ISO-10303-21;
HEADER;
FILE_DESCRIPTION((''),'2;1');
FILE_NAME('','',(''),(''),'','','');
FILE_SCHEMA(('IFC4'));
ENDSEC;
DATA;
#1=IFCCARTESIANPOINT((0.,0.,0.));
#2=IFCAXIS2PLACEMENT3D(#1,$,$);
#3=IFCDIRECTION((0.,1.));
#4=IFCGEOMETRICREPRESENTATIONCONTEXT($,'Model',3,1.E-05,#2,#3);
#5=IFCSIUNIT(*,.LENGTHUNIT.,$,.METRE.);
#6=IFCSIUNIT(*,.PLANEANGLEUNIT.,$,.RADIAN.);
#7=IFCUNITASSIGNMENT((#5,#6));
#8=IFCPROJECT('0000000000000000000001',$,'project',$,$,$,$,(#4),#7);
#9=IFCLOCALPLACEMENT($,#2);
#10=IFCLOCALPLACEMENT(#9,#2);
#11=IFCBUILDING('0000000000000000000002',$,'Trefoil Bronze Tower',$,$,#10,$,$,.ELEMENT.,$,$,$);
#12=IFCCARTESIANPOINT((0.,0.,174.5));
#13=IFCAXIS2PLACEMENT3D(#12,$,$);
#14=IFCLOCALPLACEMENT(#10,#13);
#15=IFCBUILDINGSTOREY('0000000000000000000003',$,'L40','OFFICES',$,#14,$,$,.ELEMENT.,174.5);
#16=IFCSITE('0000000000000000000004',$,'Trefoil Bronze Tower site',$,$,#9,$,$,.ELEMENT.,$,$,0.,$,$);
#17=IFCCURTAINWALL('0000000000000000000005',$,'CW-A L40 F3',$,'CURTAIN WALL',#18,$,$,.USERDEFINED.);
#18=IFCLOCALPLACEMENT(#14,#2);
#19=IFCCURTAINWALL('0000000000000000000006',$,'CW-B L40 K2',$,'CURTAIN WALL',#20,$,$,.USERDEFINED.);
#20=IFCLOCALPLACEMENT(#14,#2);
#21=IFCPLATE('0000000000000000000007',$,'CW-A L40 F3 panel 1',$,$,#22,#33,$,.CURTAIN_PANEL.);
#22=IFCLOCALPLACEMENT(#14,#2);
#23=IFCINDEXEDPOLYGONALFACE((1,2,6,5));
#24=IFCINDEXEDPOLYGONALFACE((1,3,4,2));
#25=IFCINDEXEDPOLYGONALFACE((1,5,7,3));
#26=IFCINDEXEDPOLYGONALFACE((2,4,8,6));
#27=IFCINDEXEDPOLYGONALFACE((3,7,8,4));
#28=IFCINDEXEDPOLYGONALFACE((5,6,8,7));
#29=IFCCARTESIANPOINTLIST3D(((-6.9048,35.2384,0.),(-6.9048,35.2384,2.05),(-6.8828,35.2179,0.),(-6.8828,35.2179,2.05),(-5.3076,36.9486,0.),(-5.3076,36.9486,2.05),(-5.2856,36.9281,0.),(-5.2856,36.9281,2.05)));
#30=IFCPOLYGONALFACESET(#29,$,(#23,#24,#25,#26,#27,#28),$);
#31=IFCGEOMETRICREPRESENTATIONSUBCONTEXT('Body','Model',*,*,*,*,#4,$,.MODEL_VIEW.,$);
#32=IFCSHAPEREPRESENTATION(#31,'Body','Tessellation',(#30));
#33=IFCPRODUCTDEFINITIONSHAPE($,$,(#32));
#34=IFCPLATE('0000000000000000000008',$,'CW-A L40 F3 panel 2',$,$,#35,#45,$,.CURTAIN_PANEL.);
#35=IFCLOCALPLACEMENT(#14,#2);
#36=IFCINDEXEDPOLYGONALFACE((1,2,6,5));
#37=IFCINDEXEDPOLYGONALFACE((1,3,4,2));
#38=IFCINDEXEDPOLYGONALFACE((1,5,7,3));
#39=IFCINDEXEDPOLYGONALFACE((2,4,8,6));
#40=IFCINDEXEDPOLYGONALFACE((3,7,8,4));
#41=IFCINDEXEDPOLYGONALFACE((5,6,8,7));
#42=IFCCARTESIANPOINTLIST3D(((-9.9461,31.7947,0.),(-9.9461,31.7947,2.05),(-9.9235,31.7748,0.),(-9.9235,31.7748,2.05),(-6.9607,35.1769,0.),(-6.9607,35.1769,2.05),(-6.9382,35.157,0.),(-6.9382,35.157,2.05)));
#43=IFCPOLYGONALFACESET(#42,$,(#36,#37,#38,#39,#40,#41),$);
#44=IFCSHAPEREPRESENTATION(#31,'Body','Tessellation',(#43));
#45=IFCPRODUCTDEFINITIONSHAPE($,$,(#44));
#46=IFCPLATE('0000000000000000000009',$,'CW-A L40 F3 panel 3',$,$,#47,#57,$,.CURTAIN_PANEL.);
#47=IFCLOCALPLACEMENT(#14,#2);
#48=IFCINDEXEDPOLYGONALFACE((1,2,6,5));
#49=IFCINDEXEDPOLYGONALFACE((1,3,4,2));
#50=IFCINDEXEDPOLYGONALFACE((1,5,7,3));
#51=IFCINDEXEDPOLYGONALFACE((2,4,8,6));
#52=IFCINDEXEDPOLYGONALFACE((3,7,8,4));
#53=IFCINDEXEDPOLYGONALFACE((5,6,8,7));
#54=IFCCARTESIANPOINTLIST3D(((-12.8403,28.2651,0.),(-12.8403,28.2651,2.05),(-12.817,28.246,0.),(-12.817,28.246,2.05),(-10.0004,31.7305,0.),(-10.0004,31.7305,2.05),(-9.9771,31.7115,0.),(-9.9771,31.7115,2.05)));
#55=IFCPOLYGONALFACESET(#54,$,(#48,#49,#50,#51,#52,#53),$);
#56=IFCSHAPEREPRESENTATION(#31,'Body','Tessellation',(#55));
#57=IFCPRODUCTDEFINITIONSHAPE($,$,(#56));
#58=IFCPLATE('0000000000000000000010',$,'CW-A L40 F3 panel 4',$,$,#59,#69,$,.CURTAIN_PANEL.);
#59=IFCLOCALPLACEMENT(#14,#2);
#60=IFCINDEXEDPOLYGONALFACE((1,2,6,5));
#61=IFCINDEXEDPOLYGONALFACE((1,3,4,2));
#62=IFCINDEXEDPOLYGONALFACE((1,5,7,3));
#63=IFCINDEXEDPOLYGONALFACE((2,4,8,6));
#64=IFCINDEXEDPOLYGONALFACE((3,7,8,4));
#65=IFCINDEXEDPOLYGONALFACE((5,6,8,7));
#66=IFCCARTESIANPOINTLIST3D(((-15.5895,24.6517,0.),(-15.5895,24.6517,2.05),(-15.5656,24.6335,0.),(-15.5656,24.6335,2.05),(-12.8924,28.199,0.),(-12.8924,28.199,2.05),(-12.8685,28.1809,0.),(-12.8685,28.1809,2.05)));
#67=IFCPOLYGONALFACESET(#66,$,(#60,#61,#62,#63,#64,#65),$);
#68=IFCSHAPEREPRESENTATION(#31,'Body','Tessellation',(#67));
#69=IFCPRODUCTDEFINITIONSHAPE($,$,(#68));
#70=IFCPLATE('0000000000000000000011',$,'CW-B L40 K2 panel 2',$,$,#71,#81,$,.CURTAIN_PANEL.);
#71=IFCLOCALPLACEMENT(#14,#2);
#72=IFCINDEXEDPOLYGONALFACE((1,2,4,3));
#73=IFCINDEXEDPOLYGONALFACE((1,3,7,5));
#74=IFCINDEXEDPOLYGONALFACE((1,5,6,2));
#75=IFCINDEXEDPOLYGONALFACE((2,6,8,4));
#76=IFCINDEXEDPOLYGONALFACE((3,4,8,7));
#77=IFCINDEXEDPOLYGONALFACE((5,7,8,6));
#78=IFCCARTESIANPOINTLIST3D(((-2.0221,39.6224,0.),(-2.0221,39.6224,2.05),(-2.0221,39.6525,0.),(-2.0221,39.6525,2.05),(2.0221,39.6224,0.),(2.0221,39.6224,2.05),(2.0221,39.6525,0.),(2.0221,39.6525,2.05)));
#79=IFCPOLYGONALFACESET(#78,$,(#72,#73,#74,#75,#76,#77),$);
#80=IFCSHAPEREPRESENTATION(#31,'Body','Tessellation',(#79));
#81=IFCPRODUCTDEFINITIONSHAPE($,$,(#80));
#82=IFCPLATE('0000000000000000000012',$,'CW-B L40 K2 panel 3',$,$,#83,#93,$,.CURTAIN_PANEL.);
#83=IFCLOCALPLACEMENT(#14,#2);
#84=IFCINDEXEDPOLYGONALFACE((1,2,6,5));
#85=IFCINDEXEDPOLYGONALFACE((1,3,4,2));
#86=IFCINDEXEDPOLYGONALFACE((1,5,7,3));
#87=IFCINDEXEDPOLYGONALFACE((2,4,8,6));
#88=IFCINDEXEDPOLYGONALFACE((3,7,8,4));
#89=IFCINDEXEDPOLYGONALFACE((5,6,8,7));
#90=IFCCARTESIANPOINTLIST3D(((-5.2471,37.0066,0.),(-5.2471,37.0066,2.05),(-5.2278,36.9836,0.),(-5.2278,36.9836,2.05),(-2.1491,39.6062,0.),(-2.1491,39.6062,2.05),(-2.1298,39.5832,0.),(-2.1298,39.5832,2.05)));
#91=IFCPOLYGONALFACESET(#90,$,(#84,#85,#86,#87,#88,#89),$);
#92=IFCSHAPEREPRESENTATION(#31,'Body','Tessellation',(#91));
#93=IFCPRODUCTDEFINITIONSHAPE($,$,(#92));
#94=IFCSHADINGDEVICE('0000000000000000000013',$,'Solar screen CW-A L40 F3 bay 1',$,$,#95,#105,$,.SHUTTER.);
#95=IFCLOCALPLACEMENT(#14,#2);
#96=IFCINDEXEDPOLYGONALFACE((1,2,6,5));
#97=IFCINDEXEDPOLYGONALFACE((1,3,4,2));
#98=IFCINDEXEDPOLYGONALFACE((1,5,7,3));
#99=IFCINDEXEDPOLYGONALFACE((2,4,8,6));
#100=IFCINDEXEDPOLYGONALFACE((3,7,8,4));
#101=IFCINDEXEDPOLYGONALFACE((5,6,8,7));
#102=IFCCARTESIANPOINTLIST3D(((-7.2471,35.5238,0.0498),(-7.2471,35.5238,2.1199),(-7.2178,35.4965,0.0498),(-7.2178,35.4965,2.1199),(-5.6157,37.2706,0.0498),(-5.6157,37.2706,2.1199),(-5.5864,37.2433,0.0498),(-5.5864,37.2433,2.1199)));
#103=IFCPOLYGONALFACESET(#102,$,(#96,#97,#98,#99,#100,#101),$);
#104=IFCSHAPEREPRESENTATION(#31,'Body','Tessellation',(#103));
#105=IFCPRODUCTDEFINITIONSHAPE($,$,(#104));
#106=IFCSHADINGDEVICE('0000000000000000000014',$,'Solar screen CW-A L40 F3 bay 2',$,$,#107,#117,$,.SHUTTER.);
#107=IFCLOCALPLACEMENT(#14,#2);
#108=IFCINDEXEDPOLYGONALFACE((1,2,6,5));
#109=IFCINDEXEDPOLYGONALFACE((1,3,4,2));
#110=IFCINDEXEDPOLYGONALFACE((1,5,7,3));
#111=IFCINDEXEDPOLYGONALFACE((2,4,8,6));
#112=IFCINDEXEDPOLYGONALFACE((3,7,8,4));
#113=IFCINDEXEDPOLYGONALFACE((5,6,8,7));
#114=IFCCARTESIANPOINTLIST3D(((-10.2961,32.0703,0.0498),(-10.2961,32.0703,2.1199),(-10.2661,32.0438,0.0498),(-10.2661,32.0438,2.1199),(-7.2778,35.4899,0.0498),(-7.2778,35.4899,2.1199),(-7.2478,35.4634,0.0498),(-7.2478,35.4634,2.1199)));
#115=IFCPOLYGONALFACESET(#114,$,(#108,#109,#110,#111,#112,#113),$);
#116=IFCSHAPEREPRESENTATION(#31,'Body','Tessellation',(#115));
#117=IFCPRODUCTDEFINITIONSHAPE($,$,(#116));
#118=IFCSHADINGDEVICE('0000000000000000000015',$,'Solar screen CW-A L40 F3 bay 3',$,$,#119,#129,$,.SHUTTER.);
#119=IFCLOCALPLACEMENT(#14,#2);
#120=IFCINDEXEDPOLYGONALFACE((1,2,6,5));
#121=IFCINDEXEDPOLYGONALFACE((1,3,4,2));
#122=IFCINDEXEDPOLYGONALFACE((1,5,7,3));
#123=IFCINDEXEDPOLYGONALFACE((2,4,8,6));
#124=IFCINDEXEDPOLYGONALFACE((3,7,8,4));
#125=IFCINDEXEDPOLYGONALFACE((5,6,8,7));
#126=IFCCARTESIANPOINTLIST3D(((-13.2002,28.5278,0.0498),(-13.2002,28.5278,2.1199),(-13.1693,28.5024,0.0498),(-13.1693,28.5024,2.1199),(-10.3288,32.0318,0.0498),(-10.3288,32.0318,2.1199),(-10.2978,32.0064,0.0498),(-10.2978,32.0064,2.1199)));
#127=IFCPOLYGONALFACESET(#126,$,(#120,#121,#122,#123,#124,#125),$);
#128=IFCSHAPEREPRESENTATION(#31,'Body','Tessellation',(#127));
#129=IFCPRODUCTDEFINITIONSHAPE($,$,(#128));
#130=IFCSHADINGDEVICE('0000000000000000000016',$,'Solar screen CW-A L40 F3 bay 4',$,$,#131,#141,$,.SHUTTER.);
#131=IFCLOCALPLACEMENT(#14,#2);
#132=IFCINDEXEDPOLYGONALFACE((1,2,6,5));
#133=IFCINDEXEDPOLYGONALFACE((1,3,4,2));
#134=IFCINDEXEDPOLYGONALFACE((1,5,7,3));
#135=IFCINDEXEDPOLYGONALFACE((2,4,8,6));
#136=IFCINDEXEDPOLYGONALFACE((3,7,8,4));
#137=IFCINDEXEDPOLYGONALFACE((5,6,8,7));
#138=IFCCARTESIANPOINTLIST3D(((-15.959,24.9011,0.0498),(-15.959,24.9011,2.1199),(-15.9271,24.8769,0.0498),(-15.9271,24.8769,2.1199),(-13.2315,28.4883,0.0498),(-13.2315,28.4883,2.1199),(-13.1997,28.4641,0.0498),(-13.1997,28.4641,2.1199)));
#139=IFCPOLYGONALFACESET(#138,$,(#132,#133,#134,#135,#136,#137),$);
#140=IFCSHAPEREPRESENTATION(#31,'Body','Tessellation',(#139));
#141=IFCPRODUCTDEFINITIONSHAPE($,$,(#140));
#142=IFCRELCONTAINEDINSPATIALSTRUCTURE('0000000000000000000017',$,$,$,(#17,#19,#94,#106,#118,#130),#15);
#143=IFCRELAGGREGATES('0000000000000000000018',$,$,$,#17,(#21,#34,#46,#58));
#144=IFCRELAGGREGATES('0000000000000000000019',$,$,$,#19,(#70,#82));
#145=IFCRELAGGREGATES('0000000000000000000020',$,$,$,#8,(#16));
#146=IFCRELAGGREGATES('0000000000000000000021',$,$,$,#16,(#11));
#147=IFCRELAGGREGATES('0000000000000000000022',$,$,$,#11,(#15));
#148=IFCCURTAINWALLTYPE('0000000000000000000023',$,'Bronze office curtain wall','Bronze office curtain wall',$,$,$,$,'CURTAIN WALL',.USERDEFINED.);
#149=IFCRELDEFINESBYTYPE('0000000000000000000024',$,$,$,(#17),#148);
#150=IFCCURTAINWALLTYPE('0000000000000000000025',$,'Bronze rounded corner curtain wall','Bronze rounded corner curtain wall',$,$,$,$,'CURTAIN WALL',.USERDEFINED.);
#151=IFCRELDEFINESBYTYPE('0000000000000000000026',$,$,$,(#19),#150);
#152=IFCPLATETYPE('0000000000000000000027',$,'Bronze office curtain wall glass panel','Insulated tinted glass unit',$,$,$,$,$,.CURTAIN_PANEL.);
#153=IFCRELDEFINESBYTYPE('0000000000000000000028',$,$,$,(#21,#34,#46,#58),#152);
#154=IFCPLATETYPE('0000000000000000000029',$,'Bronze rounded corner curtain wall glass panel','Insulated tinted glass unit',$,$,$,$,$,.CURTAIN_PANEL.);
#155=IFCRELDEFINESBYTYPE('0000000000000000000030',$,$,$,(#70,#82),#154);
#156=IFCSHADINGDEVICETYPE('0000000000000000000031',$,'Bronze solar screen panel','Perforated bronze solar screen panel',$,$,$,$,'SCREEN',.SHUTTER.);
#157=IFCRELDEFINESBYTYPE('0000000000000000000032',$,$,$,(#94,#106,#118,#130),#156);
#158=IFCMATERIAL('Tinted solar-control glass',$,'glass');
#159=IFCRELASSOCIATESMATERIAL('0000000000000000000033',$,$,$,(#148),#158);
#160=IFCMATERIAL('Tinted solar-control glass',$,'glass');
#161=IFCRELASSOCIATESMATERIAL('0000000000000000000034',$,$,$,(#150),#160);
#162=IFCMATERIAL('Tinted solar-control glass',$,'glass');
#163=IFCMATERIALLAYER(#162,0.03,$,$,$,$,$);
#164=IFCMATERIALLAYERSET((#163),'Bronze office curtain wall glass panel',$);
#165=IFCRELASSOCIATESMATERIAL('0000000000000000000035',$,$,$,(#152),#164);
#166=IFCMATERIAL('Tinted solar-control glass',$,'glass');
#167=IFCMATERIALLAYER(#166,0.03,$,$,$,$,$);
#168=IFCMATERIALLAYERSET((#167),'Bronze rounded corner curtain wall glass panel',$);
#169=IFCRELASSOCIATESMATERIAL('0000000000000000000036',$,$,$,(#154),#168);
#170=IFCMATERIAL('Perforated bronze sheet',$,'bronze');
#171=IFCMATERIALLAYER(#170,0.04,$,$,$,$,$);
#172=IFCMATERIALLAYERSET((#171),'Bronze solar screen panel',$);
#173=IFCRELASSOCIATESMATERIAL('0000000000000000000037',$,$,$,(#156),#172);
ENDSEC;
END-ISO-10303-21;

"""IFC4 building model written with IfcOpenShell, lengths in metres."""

from ifc_helpers import new_model, si_unit, direction, frame, origin, origin_2d, place, context, subcontext, project, spatial, rectangle, extrude, material, layer, layer_set, type_object, element, aggregate, save


model = new_model("IFC4")

# Units and contexts
model_context = context("Model", 3, precision=1e-05, world=origin(), true_north=direction((0.0, 1.0)))
body_context = subcontext(model_context, "Body", "Model", "MODEL_VIEW")
ifc_project = project(units=[si_unit("LENGTHUNIT", "METRE"), si_unit("PLANEANGLEUNIT", "RADIAN")], contexts=[model_context])

# Site, building, storey
site_placement = place(None, origin())
site = spatial("IfcSite", under=ifc_project, at=site_placement, Name="Trefoil Bronze Tower site", CompositionType="ELEMENT", RefElevation=0.0)
building_placement = place(site_placement, origin())
building = spatial("IfcBuilding", under=site, at=building_placement, Name="Trefoil Bronze Tower", CompositionType="ELEMENT")
storey_placement = place(building_placement, frame((0.0, 0.0, 174.5)))
storey = spatial("IfcBuildingStorey", under=building, at=storey_placement, Name="L40", Description="OFFICES", CompositionType="ELEMENT", Elevation=174.5)

# Curtain walls
ifc_material_1 = material(Name="Tinted solar-control glass", Category="glass")
curtain_wall_type_1 = type_object("IfcCurtainWallType", Name="Bronze office curtain wall", Description="Bronze office curtain wall", ElementType="CURTAIN WALL", PredefinedType="USERDEFINED", material=ifc_material_1)
curtain_wall_1_placement = place(storey_placement, origin())
curtain_wall_1 = element("IfcCurtainWall", 1, at=curtain_wall_1_placement, inside=storey, type_object=curtain_wall_type_1, Name="CW-A L40 F3", ObjectType="CURTAIN WALL", PredefinedType="USERDEFINED")
ifc_material_2 = material(Name="Tinted solar-control glass", Category="glass")
curtain_wall_type_2 = type_object("IfcCurtainWallType", Name="Bronze rounded corner curtain wall", Description="Bronze rounded corner curtain wall", ElementType="CURTAIN WALL", PredefinedType="USERDEFINED", material=ifc_material_2)
curtain_wall_2_placement = place(storey_placement, origin())
curtain_wall_2 = element("IfcCurtainWall", 2, at=curtain_wall_2_placement, inside=storey, type_object=curtain_wall_type_2, Name="CW-B L40 K2", ObjectType="CURTAIN WALL", PredefinedType="USERDEFINED")

# Plates
ifc_material_3 = material(Name="Tinted solar-control glass", Category="glass")
ifc_layer_1 = layer(ifc_material_3, 0.03)
ifc_layer_set_1 = layer_set([ifc_layer_1], Name="Bronze office curtain wall glass panel")
plate_type_1 = type_object("IfcPlateType", Name="Bronze office curtain wall glass panel", Description="Insulated tinted glass unit", PredefinedType="CURTAIN_PANEL", material=ifc_layer_set_1)
plate_1_placement = place(storey_placement, frame((-6.0952, 36.0833, 0.0), z_axis=(0.0, 0.0, 1.0), x_axis=(-0.682536, -0.730852, 0.0)))
plate_1 = element("IfcPlate", 3, at=plate_1_placement, type_object=plate_type_1, Name="CW-A L40 F3 panel 1", PredefinedType="CURTAIN_PANEL", context=body_context, shape_type="SweptSolid", body=[
    extrude(rectangle(XDim=2.3401, YDim=0.03, at=origin_2d()), origin(), (0.0, 0.0, 1.0), 2.05),
])
plate_2_placement = place(storey_placement, frame((-8.4421, 33.4758, 0.0), z_axis=(0.0, 0.0, 1.0), x_axis=(-0.661751, -0.749723, 0.0)))
plate_2 = element("IfcPlate", 4, at=plate_2_placement, type_object=plate_type_1, Name="CW-A L40 F3 panel 2", PredefinedType="CURTAIN_PANEL", context=body_context, shape_type="SweptSolid", body=[
    extrude(rectangle(XDim=4.5112, YDim=0.03, at=origin_2d()), origin(), (0.0, 0.0, 1.0), 2.05),
])
plate_3_placement = place(storey_placement, frame((-11.4087, 29.9883, 0.0), z_axis=(0.0, 0.0, 1.0), x_axis=(-0.63384, -0.773464, 0.0)))
plate_3 = element("IfcPlate", 5, at=plate_3_placement, type_object=plate_type_1, Name="CW-A L40 F3 panel 3", PredefinedType="CURTAIN_PANEL", context=body_context, shape_type="SweptSolid", body=[
    extrude(rectangle(XDim=4.4805, YDim=0.03, at=origin_2d()), origin(), (0.0, 0.0, 1.0), 2.05),
])
plate_4_placement = place(storey_placement, frame((-14.229, 26.4163, 0.0), z_axis=(0.0, 0.0, 1.0), x_axis=(-0.605252, -0.796034, 0.0)))
plate_4 = element("IfcPlate", 6, at=plate_4_placement, type_object=plate_type_1, Name="CW-A L40 F3 panel 4", PredefinedType="CURTAIN_PANEL", context=body_context, shape_type="SweptSolid", body=[
    extrude(rectangle(XDim=4.4563, YDim=0.03, at=origin_2d()), origin(), (0.0, 0.0, 1.0), 2.05),
])
aggregate(curtain_wall_1, [plate_1, plate_2, plate_3, plate_4])
ifc_material_4 = material(Name="Tinted solar-control glass", Category="glass")
ifc_layer_2 = layer(ifc_material_4, 0.03)
ifc_layer_set_2 = layer_set([ifc_layer_2], Name="Bronze rounded corner curtain wall glass panel")
plate_type_2 = type_object("IfcPlateType", Name="Bronze rounded corner curtain wall glass panel", Description="Insulated tinted glass unit", PredefinedType="CURTAIN_PANEL", material=ifc_layer_set_2)
plate_5_placement = place(storey_placement, frame((0.0, 39.6375, 0.0), z_axis=(0.0, 0.0, 1.0), x_axis=(-1.0, 0.0, 0.0)))
plate_5 = element("IfcPlate", 7, at=plate_5_placement, type_object=plate_type_2, Name="CW-B L40 K2 panel 2", PredefinedType="CURTAIN_PANEL", context=body_context, shape_type="SweptSolid", body=[
    extrude(rectangle(XDim=4.0442, YDim=0.03, at=origin_2d()), origin(), (0.0, 0.0, 1.0), 2.05),
])
plate_6_placement = place(storey_placement, frame((-3.6885, 38.2949, 0.0), z_axis=(0.0, 0.0, 1.0), x_axis=(-0.766044, -0.642788, 0.0)))
plate_6 = element("IfcPlate", 8, at=plate_6_placement, type_object=plate_type_2, Name="CW-B L40 K2 panel 3", PredefinedType="CURTAIN_PANEL", context=body_context, shape_type="SweptSolid", body=[
    extrude(rectangle(XDim=4.0442, YDim=0.03, at=origin_2d()), origin(), (0.0, 0.0, 1.0), 2.05),
])
aggregate(curtain_wall_2, [plate_5, plate_6])

# Shading devices
ifc_material_5 = material(Name="Perforated bronze sheet", Category="bronze")
ifc_layer_3 = layer(ifc_material_5, 0.04)
ifc_layer_set_3 = layer_set([ifc_layer_3], Name="Bronze solar screen panel")
shading_device_type = type_object("IfcShadingDeviceType", Name="Bronze solar screen panel", Description="Perforated bronze solar screen panel", ElementType="SCREEN", PredefinedType="SHUTTER", material=ifc_layer_set_3)
shading_device_1_placement = place(storey_placement, frame((-6.4167, 36.3835, 0.0498), z_axis=(0.0, 0.0, 1.0), x_axis=(-0.682536, -0.730852, 0.0)))
element("IfcShadingDevice", 9, at=shading_device_1_placement, inside=storey, type_object=shading_device_type, Name="Solar screen CW-A L40 F3 bay 1", PredefinedType="SHUTTER", context=body_context, shape_type="SweptSolid", body=[
    extrude(rectangle(XDim=2.3901, YDim=0.04, at=origin_2d()), origin(), (0.0, 0.0, 1.0), 2.0701),
])
shading_device_2_placement = place(storey_placement, frame((-8.772, 33.7668, 0.0498), z_axis=(0.0, 0.0, 1.0), x_axis=(-0.661751, -0.749723, 0.0)))
element("IfcShadingDevice", 10, at=shading_device_2_placement, inside=storey, type_object=shading_device_type, Name="Solar screen CW-A L40 F3 bay 2", PredefinedType="SHUTTER", context=body_context, shape_type="SweptSolid", body=[
    extrude(rectangle(XDim=4.561, YDim=0.04, at=origin_2d()), origin(), (0.0, 0.0, 1.0), 2.0701),
])
shading_device_3_placement = place(storey_placement, frame((-11.749, 30.2671, 0.0498), z_axis=(0.0, 0.0, 1.0), x_axis=(-0.63384, -0.773464, 0.0)))
element("IfcShadingDevice", 11, at=shading_device_3_placement, inside=storey, type_object=shading_device_type, Name="Solar screen CW-A L40 F3 bay 3", PredefinedType="SHUTTER", context=body_context, shape_type="SweptSolid", body=[
    extrude(rectangle(XDim=4.5303, YDim=0.04, at=origin_2d()), origin(), (0.0, 0.0, 1.0), 2.0701),
])
shading_device_4_placement = place(storey_placement, frame((-14.5793, 26.6826, 0.0498), z_axis=(0.0, 0.0, 1.0), x_axis=(-0.605252, -0.796034, 0.0)))
element("IfcShadingDevice", 12, at=shading_device_4_placement, inside=storey, type_object=shading_device_type, Name="Solar screen CW-A L40 F3 bay 4", PredefinedType="SHUTTER", context=body_context, shape_type="SweptSolid", body=[
    extrude(rectangle(XDim=4.5063, YDim=0.04, at=origin_2d()), origin(), (0.0, 0.0, 1.0), 2.0701),
])

save(model, "model.ifc")
